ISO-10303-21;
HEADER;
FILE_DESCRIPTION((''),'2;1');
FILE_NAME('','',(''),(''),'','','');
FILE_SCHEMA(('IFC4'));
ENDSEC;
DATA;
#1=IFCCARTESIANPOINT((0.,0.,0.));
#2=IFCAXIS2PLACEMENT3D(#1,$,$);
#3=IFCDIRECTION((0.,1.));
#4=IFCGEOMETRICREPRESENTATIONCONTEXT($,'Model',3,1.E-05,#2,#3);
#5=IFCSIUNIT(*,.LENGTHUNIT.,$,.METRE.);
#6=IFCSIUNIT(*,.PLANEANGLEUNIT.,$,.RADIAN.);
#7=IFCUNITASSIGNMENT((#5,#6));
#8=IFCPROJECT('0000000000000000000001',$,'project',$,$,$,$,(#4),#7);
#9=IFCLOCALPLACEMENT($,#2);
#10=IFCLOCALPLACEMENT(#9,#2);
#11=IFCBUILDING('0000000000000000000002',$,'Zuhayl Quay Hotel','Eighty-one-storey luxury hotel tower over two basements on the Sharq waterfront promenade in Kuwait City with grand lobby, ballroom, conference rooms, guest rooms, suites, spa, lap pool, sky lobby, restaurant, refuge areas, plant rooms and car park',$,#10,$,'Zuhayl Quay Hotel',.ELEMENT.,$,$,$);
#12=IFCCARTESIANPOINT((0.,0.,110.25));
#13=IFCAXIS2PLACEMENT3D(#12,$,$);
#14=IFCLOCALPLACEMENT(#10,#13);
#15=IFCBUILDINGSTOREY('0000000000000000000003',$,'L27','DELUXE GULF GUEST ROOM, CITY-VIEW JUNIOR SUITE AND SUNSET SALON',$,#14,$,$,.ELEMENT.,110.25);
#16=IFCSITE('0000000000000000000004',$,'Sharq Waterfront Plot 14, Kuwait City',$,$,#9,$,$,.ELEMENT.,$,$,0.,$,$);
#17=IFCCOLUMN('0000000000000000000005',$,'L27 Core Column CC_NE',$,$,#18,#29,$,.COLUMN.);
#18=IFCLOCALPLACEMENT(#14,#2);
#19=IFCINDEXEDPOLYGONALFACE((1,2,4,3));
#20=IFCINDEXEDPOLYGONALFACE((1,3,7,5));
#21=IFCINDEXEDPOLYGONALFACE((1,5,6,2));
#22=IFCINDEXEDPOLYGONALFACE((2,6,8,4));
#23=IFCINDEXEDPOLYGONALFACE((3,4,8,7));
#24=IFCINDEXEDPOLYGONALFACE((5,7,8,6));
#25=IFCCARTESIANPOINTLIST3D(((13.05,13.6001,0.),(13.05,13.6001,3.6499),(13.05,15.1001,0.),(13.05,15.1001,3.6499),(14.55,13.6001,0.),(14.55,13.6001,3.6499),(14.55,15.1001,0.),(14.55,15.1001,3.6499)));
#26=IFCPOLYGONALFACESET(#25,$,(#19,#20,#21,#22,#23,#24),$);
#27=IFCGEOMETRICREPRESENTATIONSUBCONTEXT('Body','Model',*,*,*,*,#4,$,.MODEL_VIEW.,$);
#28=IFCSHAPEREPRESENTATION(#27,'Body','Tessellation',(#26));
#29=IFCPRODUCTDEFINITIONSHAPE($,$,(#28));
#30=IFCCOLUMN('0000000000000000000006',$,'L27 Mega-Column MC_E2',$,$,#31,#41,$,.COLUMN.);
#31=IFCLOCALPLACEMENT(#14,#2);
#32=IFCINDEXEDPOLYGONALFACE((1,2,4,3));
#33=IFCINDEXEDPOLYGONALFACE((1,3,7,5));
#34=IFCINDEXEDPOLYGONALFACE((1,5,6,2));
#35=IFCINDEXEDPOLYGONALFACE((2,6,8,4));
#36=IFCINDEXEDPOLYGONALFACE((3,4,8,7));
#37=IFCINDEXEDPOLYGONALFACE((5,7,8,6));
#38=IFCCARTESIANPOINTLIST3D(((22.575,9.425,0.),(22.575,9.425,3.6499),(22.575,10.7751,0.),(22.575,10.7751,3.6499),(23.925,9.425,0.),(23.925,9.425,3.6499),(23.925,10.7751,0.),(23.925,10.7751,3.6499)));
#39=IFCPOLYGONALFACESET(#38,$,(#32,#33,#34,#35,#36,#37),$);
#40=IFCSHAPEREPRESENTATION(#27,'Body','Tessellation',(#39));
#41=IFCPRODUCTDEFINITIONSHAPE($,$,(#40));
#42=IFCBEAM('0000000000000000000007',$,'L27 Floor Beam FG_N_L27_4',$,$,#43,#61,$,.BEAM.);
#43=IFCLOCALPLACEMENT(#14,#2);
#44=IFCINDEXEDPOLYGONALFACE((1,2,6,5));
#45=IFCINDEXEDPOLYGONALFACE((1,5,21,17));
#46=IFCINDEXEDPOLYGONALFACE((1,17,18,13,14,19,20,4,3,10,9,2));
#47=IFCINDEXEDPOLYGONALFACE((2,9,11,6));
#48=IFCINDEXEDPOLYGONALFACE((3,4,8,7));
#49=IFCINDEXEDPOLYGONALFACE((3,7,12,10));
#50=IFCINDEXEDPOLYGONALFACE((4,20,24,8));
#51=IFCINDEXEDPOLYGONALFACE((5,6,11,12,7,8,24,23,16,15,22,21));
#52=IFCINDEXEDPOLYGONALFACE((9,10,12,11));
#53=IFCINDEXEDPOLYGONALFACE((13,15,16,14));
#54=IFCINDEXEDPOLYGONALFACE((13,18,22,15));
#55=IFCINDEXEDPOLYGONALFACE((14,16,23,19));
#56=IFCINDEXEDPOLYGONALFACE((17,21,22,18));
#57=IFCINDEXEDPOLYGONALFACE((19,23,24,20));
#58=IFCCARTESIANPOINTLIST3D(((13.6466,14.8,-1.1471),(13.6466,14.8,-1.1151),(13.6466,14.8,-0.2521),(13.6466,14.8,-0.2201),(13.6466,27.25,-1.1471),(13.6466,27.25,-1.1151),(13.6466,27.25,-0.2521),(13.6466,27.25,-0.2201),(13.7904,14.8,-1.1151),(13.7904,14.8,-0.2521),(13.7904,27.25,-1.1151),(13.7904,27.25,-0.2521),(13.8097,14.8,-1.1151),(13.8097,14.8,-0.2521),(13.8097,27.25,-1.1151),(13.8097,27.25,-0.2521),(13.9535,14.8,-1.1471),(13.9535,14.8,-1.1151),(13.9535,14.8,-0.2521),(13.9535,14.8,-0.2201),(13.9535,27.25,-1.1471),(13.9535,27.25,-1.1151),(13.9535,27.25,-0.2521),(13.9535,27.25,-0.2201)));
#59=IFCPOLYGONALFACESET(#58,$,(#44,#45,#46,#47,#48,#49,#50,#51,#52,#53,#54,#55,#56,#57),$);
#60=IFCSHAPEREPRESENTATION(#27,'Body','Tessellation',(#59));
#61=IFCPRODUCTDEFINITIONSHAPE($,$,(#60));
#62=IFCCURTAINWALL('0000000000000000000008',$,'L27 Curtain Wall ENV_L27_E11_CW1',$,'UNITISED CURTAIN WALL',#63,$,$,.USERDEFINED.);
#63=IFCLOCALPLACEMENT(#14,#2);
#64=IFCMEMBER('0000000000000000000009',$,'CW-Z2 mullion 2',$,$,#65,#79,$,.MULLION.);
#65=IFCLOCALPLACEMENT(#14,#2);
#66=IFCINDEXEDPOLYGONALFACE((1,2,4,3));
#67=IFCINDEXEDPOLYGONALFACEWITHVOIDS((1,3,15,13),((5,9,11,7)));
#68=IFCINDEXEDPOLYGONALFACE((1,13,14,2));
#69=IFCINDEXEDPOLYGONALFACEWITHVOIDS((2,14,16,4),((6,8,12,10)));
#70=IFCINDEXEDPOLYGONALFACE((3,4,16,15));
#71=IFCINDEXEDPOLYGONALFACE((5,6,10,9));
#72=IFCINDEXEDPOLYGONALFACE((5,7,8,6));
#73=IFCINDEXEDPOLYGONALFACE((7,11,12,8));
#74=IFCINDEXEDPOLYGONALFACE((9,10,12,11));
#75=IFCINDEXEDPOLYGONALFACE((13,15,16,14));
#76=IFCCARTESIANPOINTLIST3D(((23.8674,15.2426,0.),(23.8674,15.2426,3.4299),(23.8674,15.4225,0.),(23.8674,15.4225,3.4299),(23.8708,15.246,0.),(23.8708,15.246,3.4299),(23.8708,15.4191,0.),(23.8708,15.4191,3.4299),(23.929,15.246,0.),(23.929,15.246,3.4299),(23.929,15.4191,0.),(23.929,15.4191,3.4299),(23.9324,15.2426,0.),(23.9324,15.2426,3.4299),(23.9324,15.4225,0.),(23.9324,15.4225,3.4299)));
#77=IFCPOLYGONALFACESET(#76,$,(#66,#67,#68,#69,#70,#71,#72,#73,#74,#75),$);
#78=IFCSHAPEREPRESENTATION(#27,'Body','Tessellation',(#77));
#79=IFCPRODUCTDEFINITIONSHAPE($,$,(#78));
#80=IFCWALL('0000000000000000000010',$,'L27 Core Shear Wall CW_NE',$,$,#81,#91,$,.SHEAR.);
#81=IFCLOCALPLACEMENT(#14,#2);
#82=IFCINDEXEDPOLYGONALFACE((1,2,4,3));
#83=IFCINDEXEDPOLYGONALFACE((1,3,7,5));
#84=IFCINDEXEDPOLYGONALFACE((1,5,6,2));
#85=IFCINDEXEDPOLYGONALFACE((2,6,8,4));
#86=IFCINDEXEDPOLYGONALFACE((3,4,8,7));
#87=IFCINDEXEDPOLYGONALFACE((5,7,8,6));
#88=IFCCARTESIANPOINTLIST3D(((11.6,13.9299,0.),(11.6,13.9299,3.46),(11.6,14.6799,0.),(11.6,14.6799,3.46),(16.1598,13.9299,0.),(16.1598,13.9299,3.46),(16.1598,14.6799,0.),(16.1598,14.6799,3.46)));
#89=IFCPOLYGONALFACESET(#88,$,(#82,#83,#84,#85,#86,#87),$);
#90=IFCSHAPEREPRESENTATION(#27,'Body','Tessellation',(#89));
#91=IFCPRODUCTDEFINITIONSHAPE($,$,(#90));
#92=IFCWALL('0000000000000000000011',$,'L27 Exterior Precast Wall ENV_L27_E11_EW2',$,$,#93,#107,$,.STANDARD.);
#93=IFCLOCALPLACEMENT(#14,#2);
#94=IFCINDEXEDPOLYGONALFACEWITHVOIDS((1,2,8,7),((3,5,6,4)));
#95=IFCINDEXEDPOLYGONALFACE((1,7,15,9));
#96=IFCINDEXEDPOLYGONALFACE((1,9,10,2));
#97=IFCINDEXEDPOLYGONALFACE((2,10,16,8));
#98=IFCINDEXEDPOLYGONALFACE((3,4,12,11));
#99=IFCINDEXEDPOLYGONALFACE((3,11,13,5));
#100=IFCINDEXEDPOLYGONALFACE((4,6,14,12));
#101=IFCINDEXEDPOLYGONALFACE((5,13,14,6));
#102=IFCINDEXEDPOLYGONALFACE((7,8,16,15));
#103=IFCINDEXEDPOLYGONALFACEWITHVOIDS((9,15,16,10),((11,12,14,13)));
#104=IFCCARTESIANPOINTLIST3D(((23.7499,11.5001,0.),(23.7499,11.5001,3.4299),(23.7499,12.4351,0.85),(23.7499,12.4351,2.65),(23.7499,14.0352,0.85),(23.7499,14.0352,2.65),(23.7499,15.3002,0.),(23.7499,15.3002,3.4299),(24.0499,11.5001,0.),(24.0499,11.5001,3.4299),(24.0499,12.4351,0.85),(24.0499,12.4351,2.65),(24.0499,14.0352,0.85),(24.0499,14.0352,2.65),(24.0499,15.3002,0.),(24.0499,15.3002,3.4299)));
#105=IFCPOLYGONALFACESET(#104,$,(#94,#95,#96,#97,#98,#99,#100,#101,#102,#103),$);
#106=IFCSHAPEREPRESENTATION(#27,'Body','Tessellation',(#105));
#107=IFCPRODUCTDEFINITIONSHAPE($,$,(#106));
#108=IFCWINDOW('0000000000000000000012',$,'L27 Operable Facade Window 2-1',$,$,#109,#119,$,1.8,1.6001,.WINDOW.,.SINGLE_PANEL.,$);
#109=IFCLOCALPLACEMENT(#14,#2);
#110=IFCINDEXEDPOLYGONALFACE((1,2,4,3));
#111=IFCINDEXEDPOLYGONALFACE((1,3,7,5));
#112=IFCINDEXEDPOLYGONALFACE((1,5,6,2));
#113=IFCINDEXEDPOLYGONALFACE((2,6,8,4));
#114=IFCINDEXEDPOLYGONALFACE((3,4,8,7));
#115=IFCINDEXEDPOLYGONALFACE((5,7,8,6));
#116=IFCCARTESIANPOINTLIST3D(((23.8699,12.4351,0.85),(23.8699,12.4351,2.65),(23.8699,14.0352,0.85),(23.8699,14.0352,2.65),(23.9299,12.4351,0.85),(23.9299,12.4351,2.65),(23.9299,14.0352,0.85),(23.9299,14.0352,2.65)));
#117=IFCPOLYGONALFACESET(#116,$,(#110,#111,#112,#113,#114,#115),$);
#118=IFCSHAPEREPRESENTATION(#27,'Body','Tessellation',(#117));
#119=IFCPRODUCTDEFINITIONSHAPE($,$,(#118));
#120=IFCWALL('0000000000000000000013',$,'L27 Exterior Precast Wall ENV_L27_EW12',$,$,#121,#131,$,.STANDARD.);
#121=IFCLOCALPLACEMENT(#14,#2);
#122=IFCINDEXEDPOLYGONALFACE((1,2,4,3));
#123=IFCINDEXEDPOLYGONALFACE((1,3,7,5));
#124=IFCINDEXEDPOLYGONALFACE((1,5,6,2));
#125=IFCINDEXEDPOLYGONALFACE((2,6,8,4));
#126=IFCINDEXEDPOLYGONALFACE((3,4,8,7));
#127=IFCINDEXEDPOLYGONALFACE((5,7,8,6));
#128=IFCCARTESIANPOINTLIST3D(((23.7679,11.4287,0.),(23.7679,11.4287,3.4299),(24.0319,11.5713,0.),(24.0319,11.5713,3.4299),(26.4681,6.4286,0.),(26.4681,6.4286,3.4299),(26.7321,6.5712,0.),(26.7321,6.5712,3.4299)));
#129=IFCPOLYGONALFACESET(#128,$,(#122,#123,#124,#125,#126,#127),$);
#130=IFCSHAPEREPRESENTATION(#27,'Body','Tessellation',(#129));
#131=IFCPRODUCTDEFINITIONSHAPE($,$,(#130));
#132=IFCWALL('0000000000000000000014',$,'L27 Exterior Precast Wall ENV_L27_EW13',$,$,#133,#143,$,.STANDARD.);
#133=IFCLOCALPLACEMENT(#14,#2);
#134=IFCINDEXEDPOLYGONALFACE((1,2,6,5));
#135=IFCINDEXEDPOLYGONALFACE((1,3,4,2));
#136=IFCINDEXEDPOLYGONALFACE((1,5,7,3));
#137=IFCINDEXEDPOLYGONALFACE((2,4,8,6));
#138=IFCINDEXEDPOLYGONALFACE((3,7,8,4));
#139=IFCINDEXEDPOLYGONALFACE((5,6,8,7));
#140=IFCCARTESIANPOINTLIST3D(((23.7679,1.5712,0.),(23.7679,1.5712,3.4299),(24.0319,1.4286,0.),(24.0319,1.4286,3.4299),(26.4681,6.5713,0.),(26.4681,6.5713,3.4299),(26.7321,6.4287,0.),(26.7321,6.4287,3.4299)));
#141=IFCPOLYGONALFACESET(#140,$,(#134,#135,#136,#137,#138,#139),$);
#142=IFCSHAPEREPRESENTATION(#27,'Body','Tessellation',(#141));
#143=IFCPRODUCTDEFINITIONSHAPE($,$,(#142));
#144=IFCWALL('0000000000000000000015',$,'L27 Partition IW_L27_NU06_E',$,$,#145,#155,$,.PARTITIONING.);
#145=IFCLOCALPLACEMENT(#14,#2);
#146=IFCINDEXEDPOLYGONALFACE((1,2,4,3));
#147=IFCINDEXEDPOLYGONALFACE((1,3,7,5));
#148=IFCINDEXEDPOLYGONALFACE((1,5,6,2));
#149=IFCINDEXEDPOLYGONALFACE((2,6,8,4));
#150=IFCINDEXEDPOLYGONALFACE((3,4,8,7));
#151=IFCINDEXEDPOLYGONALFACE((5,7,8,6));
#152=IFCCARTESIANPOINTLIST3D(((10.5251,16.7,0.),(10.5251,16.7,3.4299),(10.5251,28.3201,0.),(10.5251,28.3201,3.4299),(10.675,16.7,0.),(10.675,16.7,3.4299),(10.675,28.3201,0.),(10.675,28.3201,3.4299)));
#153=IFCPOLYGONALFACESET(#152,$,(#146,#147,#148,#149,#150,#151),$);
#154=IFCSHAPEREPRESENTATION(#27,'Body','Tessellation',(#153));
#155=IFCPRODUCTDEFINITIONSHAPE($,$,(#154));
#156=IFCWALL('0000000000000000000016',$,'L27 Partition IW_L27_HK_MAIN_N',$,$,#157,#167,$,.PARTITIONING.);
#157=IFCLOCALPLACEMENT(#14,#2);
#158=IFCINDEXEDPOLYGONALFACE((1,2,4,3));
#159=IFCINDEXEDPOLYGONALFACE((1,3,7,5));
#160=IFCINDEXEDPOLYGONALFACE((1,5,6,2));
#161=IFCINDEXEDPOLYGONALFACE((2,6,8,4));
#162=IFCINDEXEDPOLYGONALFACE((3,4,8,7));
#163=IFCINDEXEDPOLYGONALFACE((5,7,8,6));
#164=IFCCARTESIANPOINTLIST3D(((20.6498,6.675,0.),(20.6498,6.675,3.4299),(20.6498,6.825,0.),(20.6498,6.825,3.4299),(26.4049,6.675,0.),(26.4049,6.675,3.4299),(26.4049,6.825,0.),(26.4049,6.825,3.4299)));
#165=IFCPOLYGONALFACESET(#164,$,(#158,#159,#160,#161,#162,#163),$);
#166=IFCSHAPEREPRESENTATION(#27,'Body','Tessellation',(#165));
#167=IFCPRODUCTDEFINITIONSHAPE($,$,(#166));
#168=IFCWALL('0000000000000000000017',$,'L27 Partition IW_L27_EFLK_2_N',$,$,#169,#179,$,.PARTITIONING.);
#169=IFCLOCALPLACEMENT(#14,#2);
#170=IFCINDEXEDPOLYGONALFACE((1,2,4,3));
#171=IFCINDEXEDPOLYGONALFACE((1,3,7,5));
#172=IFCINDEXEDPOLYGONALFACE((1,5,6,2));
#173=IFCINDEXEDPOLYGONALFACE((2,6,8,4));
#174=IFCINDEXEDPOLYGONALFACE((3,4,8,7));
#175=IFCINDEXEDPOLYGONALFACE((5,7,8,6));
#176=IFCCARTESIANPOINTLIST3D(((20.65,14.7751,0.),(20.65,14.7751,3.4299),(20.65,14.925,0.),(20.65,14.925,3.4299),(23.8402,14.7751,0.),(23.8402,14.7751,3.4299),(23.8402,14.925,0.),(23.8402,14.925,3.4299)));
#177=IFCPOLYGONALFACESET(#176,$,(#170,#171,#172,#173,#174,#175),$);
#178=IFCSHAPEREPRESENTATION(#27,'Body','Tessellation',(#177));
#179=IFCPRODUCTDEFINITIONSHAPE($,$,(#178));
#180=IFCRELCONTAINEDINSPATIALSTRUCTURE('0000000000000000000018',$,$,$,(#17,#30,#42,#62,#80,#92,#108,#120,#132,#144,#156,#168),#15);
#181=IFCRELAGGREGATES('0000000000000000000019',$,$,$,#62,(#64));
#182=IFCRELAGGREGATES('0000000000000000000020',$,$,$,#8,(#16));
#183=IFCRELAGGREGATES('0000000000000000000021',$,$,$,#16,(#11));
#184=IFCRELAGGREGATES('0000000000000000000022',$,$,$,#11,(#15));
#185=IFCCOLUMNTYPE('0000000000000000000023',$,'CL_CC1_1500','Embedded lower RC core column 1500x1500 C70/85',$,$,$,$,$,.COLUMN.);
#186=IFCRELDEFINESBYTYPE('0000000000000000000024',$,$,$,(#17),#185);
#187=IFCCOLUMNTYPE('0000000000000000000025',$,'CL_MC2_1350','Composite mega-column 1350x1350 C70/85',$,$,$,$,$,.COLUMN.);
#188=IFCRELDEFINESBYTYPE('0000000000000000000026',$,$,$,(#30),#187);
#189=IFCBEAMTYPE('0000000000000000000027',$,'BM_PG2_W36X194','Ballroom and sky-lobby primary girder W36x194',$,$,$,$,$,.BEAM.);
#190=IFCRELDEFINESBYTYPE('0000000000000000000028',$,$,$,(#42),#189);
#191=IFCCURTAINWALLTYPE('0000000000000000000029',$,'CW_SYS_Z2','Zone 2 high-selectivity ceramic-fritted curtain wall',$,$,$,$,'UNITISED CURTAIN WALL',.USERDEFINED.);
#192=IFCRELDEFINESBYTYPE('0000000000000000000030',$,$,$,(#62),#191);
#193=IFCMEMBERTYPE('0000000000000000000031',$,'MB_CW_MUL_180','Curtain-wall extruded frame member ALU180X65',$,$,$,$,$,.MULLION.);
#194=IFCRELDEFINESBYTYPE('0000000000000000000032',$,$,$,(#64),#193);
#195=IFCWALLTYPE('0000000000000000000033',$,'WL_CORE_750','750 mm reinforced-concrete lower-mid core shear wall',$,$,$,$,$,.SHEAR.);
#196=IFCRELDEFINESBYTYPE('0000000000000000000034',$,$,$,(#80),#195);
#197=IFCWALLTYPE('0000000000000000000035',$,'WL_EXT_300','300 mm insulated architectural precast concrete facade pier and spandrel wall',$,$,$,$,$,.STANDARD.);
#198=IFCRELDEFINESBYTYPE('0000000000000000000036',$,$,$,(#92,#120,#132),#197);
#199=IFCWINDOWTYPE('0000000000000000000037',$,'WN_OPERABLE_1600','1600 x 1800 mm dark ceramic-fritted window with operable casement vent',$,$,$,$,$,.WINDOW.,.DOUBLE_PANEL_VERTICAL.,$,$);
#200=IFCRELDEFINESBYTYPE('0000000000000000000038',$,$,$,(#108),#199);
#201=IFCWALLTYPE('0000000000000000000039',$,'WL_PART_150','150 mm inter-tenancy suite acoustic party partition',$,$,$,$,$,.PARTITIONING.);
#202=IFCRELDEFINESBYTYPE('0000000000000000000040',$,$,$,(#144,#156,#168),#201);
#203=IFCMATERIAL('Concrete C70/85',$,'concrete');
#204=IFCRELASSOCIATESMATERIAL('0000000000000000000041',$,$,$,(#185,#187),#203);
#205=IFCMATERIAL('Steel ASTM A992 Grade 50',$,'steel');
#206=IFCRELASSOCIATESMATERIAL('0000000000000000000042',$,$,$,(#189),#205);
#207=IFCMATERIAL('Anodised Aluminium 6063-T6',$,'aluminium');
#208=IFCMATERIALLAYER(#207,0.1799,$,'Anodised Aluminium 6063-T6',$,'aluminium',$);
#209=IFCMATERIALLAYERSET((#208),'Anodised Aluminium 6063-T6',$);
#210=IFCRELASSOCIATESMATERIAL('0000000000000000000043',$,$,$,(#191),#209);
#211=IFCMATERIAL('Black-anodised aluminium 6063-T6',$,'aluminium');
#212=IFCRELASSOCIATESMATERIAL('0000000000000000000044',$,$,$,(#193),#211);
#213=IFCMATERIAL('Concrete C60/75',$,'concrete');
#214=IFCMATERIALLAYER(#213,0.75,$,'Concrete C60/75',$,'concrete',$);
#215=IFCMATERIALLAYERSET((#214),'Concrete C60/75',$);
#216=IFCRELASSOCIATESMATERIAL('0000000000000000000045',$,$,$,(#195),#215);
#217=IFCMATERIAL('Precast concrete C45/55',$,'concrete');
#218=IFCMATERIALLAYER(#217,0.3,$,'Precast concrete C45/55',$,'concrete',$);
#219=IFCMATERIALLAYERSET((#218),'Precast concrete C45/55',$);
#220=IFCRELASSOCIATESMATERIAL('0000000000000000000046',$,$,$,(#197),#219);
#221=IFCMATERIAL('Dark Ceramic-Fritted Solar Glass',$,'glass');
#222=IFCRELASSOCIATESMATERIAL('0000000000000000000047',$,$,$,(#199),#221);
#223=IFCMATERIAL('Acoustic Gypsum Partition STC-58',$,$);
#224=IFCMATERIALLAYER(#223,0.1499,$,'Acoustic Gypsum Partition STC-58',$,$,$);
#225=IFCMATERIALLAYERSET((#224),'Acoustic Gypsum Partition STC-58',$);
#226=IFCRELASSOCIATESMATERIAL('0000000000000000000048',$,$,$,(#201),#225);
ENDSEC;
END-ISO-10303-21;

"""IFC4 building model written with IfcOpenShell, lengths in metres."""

from ifc_helpers import new_model, si_unit, direction, frame, frame_2d, origin, origin_2d, place, context, subcontext, project, spatial, rectangle, hollow_rectangle, i_section, extrude, material, layer, layer_set, material_profile, profile_set, type_object, element, fill, aggregate, save


model = new_model("IFC4")

# Units and contexts
model_context = context("Model", 3, precision=1e-05, world=origin(), true_north=direction((0.0, 1.0)))
body_context = subcontext(model_context, "Body", "Model", "MODEL_VIEW")
ifc_project = project(units=[si_unit("LENGTHUNIT", "METRE"), si_unit("PLANEANGLEUNIT", "RADIAN")], contexts=[model_context])

# Site, building, storey
site_placement = place(None, origin())
site = spatial("IfcSite", under=ifc_project, at=site_placement, Name="Sharq Waterfront Plot 14, Kuwait City", CompositionType="ELEMENT", RefElevation=0.0)
building_placement = place(site_placement, origin())
building = spatial("IfcBuilding", under=site, at=building_placement, Name="Zuhayl Quay Hotel", Description="Eighty-one-storey luxury hotel tower over two basements on the Sharq waterfront promenade in Kuwait City with grand lobby, ballroom, conference rooms, guest rooms, suites, spa, lap pool, sky lobby, restaurant, refuge areas, plant rooms and car park", LongName="Zuhayl Quay Hotel", CompositionType="ELEMENT")
storey_placement = place(building_placement, frame((0.0, 0.0, 110.25)))
storey = spatial("IfcBuildingStorey", under=building, at=storey_placement, Name="L27", Description="DELUXE GULF GUEST ROOM, CITY-VIEW JUNIOR SUITE AND SUNSET SALON", CompositionType="ELEMENT", Elevation=110.25)

# Columns
ifc_material_1 = material(Name="Concrete C70/85", Category="concrete")
ifc_material_profile_1 = material_profile(ifc_material_1, rectangle(XDim=1.5, YDim=1.5, at=origin_2d()), Name="RC1500X1500")
ifc_profile_set_1 = profile_set([ifc_material_profile_1], Name="Concrete C70/85")
column_type_1 = type_object("IfcColumnType", Name="CL_CC1_1500", Description="Embedded lower RC core column 1500x1500 C70/85", PredefinedType="COLUMN", material=ifc_profile_set_1)
column_1_placement = place(storey_placement, frame((13.8, 14.3501, 0.0), z_axis=(0.0, 0.0, 1.0), x_axis=(1.0, 0.0, 0.0)))
element("IfcColumn", 1, at=column_1_placement, inside=storey, type_object=column_type_1, Name="L27 Core Column CC_NE", PredefinedType="COLUMN", context=body_context, shape_type="SweptSolid", body=[
    extrude(rectangle(XDim=1.5, YDim=1.5, at=origin_2d()), origin(), (0.0, 0.0, 1.0), 3.6499),
])
ifc_material_profile_2 = material_profile(ifc_material_1, rectangle(XDim=1.3501, YDim=1.3501, at=origin_2d()), Name="RC1350X1350")
ifc_profile_set_2 = profile_set([ifc_material_profile_2], Name="Concrete C70/85")
column_type_2 = type_object("IfcColumnType", Name="CL_MC2_1350", Description="Composite mega-column 1350x1350 C70/85", PredefinedType="COLUMN", material=ifc_profile_set_2)
column_2_placement = place(storey_placement, frame((23.25, 10.1001, 0.0), z_axis=(0.0, 0.0, 1.0), x_axis=(1.0, 0.0, 0.0)))
element("IfcColumn", 2, at=column_2_placement, inside=storey, type_object=column_type_2, Name="L27 Mega-Column MC_E2", PredefinedType="COLUMN", context=body_context, shape_type="SweptSolid", body=[
    extrude(rectangle(XDim=1.3501, YDim=1.3501, at=origin_2d()), origin(), (0.0, 0.0, 1.0), 3.6499),
])

# Beam
ifc_material_2 = material(Name="Steel ASTM A992 Grade 50", Category="steel")
ifc_material_profile_3 = material_profile(ifc_material_2, i_section(OverallWidth=0.3069, OverallDepth=0.927, WebThickness=0.0193, FlangeThickness=0.032, at=origin_2d()), Name="W36X194")
ifc_profile_set_3 = profile_set([ifc_material_profile_3], Name="Steel ASTM A992 Grade 50")
beam_type = type_object("IfcBeamType", Name="BM_PG2_W36X194", Description="Ballroom and sky-lobby primary girder W36x194", PredefinedType="BEAM", material=ifc_profile_set_3)
beam_placement = place(storey_placement, frame((13.8, 14.8, -0.6836), z_axis=(0.0, 1.0, 0.0), x_axis=(-1.0, 0.0, 0.0)))
element("IfcBeam", 3, at=beam_placement, inside=storey, type_object=beam_type, Name="L27 Floor Beam FG_N_L27_4", PredefinedType="BEAM", context=body_context, shape_type="SweptSolid", body=[
    extrude(i_section(OverallWidth=0.3069, OverallDepth=0.927, WebThickness=0.0193, FlangeThickness=0.032, at=origin_2d()), origin(), (0.0, 0.0, 1.0), 12.45),
])

# Curtain wall, member
ifc_material_3 = material(Name="Anodised Aluminium 6063-T6", Category="aluminium")
ifc_layer_1 = layer(ifc_material_3, 0.1799, Name="Anodised Aluminium 6063-T6", Category="aluminium")
ifc_layer_set_1 = layer_set([ifc_layer_1], Name="Anodised Aluminium 6063-T6")
curtain_wall_type = type_object("IfcCurtainWallType", Name="CW_SYS_Z2", Description="Zone 2 high-selectivity ceramic-fritted curtain wall", ElementType="UNITISED CURTAIN WALL", PredefinedType="USERDEFINED", material=ifc_layer_set_1)
curtain_wall_placement = place(storey_placement, origin())
curtain_wall = element("IfcCurtainWall", 4, at=curtain_wall_placement, inside=storey, type_object=curtain_wall_type, Name="L27 Curtain Wall ENV_L27_E11_CW1", ObjectType="UNITISED CURTAIN WALL", PredefinedType="USERDEFINED")
ifc_material_4 = material(Name="Black-anodised aluminium 6063-T6", Category="aluminium")
ifc_material_profile_4 = material_profile(ifc_material_4, hollow_rectangle(XDim=0.0649, YDim=0.1799, WallThickness=0.0034, at=origin_2d()), Name="ALU180X65")
ifc_profile_set_4 = profile_set([ifc_material_profile_4], Name="Black-anodised aluminium 6063-T6")
member_type = type_object("IfcMemberType", Name="MB_CW_MUL_180", Description="Curtain-wall extruded frame member ALU180X65", PredefinedType="MULLION", material=ifc_profile_set_4)
member_placement = place(storey_placement, frame((23.8999, 15.3325, 0.0), z_axis=(0.0, 0.0, 1.0), x_axis=(1.0, 0.0, 0.0)))
member = element("IfcMember", 5, at=member_placement, type_object=member_type, Name="CW-Z2 mullion 2", PredefinedType="MULLION", context=body_context, shape_type="SweptSolid", body=[
    extrude(hollow_rectangle(XDim=0.0649, YDim=0.1799, WallThickness=0.0034, at=origin_2d()), origin(), (0.0, 0.0, 1.0), 3.4299),
])
aggregate(curtain_wall, [member])

# Wall
ifc_material_5 = material(Name="Concrete C60/75", Category="concrete")
ifc_layer_2 = layer(ifc_material_5, 0.75, Name="Concrete C60/75", Category="concrete")
ifc_layer_set_2 = layer_set([ifc_layer_2], Name="Concrete C60/75")
wall_type_1 = type_object("IfcWallType", Name="WL_CORE_750", Description="750 mm reinforced-concrete lower-mid core shear wall", PredefinedType="SHEAR", material=ifc_layer_set_2)
wall_1_placement = place(storey_placement, frame((11.6001, 14.3049, 0.0), z_axis=(0.0, 0.0, 1.0), x_axis=(1.0, 0.0, 0.0)))
element("IfcWall", 6, at=wall_1_placement, inside=storey, type_object=wall_type_1, Name="L27 Core Shear Wall CW_NE", PredefinedType="SHEAR", context=body_context, shape_type="SweptSolid", body=[
    extrude(rectangle(XDim=4.5598, YDim=0.75, at=frame_2d((2.2798, 0.0))), origin(), (0.0, 0.0, 1.0), 3.46),
])

# Wall, opening, window
ifc_material_6 = material(Name="Precast concrete C45/55", Category="concrete")
ifc_layer_3 = layer(ifc_material_6, 0.3, Name="Precast concrete C45/55", Category="concrete")
ifc_layer_set_3 = layer_set([ifc_layer_3], Name="Precast concrete C45/55")
wall_type_2 = type_object("IfcWallType", Name="WL_EXT_300", Description="300 mm insulated architectural precast concrete facade pier and spandrel wall", PredefinedType="STANDARD", material=ifc_layer_set_3)
wall_2_placement = place(storey_placement, frame((23.8999, 15.3, 0.0), z_axis=(0.0, 0.0, 1.0), x_axis=(0.0, -1.0, 0.0)))
wall_2 = element("IfcWall", 7, at=wall_2_placement, inside=storey, type_object=wall_type_2, Name="L27 Exterior Precast Wall ENV_L27_E11_EW2", PredefinedType="STANDARD", context=body_context, shape_type="SweptSolid", body=[
    extrude(rectangle(XDim=3.8, YDim=0.3, at=frame_2d((1.8999, 0.0))), origin(), (0.0, 0.0, 1.0), 3.4299),
])
opening_1_placement = place(wall_2_placement, frame((1.2649, 0.0, 0.8501)))
opening_1 = element("IfcOpeningElement", 8, at=opening_1_placement, cuts=wall_2, PredefinedType="OPENING", context=body_context, shape_type="SweptSolid", body=[
    extrude(rectangle(XDim=1.6001, YDim=1.8, at=frame_2d((0.8, 0.8999))), frame((0.0, 0.1599, 0.0), z_axis=(0.0, -1.0, 0.0), x_axis=(1.0, 0.0, 0.0)), (0.0, 0.0, 1.0), 0.3201),
])
ifc_material_7 = material(Name="Dark Ceramic-Fritted Solar Glass", Category="glass")
window_type = type_object("IfcWindowType", Name="WN_OPERABLE_1600", Description="1600 x 1800 mm dark ceramic-fritted window with operable casement vent", PartitioningType="DOUBLE_PANEL_VERTICAL", PredefinedType="WINDOW", material=ifc_material_7)
window_placement = place(opening_1_placement, origin())
window = element("IfcWindow", 9, at=window_placement, inside=storey, type_object=window_type, Name="L27 Operable Facade Window 2-1", OverallHeight=1.8, OverallWidth=1.6001, PartitioningType="SINGLE_PANEL", PredefinedType="WINDOW", context=body_context, shape_type="SweptSolid", body=[
    extrude(rectangle(XDim=1.6001, YDim=1.8, at=frame_2d((0.8, 0.8999))), frame((0.0, 0.03, 0.0), z_axis=(0.0, -1.0, 0.0), x_axis=(1.0, 0.0, 0.0)), (0.0, 0.0, 1.0), 0.0601),
])
fill(opening_1, window)

# Walls
for number, where, z_axis, x_axis, name in (
    (10, (23.8999, 11.5, 0.0), (0.0, 0.0, 1.0), (0.475176, -0.879891, 0.0), "L27 Exterior Precast Wall ENV_L27_EW12"),
    (11, (26.6001, 6.5, 0.0), (0.0, 0.0, 1.0), (-0.475176, -0.879891, 0.0), "L27 Exterior Precast Wall ENV_L27_EW13"),
):
    element("IfcWall", number, at=place(storey_placement, frame(where, z_axis=z_axis, x_axis=x_axis)), inside=storey, type_object=wall_type_2, Name=name, PredefinedType="STANDARD", context=body_context, shape_type="SweptSolid", body=[
        extrude(rectangle(XDim=5.6826, YDim=0.3, at=frame_2d((2.8413, 0.0))), origin(), (0.0, 0.0, 1.0), 3.4299),
    ])
ifc_material_8 = material(Name="Acoustic Gypsum Partition STC-58")
ifc_layer_4 = layer(ifc_material_8, 0.1499, Name="Acoustic Gypsum Partition STC-58")
ifc_layer_set_4 = layer_set([ifc_layer_4], Name="Acoustic Gypsum Partition STC-58")
wall_type_3 = type_object("IfcWallType", Name="WL_PART_150", Description="150 mm inter-tenancy suite acoustic party partition", PredefinedType="PARTITIONING", material=ifc_layer_set_4)
wall_3_placement = place(storey_placement, frame((10.6001, 16.7, 0.0), z_axis=(0.0, 0.0, 1.0), x_axis=(0.0, 1.0, 0.0)))
element("IfcWall", 12, at=wall_3_placement, inside=storey, type_object=wall_type_3, Name="L27 Partition IW_L27_NU06_E", PredefinedType="PARTITIONING", context=body_context, shape_type="SweptSolid", body=[
    extrude(rectangle(XDim=11.6201, YDim=0.1499, at=frame_2d((5.8101, 0.0))), origin(), (0.0, 0.0, 1.0), 3.4299),
])
wall_4_placement = place(storey_placement, frame((20.6499, 6.75, 0.0), z_axis=(0.0, 0.0, 1.0), x_axis=(1.0, 0.0, 0.0)))
element("IfcWall", 13, at=wall_4_placement, inside=storey, type_object=wall_type_3, Name="L27 Partition IW_L27_HK_MAIN_N", PredefinedType="PARTITIONING", context=body_context, shape_type="SweptSolid", body=[
    extrude(rectangle(XDim=5.7551, YDim=0.1499, at=frame_2d((2.8774, 0.0))), origin(), (0.0, 0.0, 1.0), 3.4299),
])
wall_5_placement = place(storey_placement, frame((20.6499, 14.8501, 0.0), z_axis=(0.0, 0.0, 1.0), x_axis=(1.0, 0.0, 0.0)))
element("IfcWall", 14, at=wall_5_placement, inside=storey, type_object=wall_type_3, Name="L27 Partition IW_L27_EFLK_2_N", PredefinedType="PARTITIONING", context=body_context, shape_type="SweptSolid", body=[
    extrude(rectangle(XDim=3.1902, YDim=0.1499, at=frame_2d((1.5952, 0.0))), origin(), (0.0, 0.0, 1.0), 3.4299),
])

save(model, "model.ifc")
